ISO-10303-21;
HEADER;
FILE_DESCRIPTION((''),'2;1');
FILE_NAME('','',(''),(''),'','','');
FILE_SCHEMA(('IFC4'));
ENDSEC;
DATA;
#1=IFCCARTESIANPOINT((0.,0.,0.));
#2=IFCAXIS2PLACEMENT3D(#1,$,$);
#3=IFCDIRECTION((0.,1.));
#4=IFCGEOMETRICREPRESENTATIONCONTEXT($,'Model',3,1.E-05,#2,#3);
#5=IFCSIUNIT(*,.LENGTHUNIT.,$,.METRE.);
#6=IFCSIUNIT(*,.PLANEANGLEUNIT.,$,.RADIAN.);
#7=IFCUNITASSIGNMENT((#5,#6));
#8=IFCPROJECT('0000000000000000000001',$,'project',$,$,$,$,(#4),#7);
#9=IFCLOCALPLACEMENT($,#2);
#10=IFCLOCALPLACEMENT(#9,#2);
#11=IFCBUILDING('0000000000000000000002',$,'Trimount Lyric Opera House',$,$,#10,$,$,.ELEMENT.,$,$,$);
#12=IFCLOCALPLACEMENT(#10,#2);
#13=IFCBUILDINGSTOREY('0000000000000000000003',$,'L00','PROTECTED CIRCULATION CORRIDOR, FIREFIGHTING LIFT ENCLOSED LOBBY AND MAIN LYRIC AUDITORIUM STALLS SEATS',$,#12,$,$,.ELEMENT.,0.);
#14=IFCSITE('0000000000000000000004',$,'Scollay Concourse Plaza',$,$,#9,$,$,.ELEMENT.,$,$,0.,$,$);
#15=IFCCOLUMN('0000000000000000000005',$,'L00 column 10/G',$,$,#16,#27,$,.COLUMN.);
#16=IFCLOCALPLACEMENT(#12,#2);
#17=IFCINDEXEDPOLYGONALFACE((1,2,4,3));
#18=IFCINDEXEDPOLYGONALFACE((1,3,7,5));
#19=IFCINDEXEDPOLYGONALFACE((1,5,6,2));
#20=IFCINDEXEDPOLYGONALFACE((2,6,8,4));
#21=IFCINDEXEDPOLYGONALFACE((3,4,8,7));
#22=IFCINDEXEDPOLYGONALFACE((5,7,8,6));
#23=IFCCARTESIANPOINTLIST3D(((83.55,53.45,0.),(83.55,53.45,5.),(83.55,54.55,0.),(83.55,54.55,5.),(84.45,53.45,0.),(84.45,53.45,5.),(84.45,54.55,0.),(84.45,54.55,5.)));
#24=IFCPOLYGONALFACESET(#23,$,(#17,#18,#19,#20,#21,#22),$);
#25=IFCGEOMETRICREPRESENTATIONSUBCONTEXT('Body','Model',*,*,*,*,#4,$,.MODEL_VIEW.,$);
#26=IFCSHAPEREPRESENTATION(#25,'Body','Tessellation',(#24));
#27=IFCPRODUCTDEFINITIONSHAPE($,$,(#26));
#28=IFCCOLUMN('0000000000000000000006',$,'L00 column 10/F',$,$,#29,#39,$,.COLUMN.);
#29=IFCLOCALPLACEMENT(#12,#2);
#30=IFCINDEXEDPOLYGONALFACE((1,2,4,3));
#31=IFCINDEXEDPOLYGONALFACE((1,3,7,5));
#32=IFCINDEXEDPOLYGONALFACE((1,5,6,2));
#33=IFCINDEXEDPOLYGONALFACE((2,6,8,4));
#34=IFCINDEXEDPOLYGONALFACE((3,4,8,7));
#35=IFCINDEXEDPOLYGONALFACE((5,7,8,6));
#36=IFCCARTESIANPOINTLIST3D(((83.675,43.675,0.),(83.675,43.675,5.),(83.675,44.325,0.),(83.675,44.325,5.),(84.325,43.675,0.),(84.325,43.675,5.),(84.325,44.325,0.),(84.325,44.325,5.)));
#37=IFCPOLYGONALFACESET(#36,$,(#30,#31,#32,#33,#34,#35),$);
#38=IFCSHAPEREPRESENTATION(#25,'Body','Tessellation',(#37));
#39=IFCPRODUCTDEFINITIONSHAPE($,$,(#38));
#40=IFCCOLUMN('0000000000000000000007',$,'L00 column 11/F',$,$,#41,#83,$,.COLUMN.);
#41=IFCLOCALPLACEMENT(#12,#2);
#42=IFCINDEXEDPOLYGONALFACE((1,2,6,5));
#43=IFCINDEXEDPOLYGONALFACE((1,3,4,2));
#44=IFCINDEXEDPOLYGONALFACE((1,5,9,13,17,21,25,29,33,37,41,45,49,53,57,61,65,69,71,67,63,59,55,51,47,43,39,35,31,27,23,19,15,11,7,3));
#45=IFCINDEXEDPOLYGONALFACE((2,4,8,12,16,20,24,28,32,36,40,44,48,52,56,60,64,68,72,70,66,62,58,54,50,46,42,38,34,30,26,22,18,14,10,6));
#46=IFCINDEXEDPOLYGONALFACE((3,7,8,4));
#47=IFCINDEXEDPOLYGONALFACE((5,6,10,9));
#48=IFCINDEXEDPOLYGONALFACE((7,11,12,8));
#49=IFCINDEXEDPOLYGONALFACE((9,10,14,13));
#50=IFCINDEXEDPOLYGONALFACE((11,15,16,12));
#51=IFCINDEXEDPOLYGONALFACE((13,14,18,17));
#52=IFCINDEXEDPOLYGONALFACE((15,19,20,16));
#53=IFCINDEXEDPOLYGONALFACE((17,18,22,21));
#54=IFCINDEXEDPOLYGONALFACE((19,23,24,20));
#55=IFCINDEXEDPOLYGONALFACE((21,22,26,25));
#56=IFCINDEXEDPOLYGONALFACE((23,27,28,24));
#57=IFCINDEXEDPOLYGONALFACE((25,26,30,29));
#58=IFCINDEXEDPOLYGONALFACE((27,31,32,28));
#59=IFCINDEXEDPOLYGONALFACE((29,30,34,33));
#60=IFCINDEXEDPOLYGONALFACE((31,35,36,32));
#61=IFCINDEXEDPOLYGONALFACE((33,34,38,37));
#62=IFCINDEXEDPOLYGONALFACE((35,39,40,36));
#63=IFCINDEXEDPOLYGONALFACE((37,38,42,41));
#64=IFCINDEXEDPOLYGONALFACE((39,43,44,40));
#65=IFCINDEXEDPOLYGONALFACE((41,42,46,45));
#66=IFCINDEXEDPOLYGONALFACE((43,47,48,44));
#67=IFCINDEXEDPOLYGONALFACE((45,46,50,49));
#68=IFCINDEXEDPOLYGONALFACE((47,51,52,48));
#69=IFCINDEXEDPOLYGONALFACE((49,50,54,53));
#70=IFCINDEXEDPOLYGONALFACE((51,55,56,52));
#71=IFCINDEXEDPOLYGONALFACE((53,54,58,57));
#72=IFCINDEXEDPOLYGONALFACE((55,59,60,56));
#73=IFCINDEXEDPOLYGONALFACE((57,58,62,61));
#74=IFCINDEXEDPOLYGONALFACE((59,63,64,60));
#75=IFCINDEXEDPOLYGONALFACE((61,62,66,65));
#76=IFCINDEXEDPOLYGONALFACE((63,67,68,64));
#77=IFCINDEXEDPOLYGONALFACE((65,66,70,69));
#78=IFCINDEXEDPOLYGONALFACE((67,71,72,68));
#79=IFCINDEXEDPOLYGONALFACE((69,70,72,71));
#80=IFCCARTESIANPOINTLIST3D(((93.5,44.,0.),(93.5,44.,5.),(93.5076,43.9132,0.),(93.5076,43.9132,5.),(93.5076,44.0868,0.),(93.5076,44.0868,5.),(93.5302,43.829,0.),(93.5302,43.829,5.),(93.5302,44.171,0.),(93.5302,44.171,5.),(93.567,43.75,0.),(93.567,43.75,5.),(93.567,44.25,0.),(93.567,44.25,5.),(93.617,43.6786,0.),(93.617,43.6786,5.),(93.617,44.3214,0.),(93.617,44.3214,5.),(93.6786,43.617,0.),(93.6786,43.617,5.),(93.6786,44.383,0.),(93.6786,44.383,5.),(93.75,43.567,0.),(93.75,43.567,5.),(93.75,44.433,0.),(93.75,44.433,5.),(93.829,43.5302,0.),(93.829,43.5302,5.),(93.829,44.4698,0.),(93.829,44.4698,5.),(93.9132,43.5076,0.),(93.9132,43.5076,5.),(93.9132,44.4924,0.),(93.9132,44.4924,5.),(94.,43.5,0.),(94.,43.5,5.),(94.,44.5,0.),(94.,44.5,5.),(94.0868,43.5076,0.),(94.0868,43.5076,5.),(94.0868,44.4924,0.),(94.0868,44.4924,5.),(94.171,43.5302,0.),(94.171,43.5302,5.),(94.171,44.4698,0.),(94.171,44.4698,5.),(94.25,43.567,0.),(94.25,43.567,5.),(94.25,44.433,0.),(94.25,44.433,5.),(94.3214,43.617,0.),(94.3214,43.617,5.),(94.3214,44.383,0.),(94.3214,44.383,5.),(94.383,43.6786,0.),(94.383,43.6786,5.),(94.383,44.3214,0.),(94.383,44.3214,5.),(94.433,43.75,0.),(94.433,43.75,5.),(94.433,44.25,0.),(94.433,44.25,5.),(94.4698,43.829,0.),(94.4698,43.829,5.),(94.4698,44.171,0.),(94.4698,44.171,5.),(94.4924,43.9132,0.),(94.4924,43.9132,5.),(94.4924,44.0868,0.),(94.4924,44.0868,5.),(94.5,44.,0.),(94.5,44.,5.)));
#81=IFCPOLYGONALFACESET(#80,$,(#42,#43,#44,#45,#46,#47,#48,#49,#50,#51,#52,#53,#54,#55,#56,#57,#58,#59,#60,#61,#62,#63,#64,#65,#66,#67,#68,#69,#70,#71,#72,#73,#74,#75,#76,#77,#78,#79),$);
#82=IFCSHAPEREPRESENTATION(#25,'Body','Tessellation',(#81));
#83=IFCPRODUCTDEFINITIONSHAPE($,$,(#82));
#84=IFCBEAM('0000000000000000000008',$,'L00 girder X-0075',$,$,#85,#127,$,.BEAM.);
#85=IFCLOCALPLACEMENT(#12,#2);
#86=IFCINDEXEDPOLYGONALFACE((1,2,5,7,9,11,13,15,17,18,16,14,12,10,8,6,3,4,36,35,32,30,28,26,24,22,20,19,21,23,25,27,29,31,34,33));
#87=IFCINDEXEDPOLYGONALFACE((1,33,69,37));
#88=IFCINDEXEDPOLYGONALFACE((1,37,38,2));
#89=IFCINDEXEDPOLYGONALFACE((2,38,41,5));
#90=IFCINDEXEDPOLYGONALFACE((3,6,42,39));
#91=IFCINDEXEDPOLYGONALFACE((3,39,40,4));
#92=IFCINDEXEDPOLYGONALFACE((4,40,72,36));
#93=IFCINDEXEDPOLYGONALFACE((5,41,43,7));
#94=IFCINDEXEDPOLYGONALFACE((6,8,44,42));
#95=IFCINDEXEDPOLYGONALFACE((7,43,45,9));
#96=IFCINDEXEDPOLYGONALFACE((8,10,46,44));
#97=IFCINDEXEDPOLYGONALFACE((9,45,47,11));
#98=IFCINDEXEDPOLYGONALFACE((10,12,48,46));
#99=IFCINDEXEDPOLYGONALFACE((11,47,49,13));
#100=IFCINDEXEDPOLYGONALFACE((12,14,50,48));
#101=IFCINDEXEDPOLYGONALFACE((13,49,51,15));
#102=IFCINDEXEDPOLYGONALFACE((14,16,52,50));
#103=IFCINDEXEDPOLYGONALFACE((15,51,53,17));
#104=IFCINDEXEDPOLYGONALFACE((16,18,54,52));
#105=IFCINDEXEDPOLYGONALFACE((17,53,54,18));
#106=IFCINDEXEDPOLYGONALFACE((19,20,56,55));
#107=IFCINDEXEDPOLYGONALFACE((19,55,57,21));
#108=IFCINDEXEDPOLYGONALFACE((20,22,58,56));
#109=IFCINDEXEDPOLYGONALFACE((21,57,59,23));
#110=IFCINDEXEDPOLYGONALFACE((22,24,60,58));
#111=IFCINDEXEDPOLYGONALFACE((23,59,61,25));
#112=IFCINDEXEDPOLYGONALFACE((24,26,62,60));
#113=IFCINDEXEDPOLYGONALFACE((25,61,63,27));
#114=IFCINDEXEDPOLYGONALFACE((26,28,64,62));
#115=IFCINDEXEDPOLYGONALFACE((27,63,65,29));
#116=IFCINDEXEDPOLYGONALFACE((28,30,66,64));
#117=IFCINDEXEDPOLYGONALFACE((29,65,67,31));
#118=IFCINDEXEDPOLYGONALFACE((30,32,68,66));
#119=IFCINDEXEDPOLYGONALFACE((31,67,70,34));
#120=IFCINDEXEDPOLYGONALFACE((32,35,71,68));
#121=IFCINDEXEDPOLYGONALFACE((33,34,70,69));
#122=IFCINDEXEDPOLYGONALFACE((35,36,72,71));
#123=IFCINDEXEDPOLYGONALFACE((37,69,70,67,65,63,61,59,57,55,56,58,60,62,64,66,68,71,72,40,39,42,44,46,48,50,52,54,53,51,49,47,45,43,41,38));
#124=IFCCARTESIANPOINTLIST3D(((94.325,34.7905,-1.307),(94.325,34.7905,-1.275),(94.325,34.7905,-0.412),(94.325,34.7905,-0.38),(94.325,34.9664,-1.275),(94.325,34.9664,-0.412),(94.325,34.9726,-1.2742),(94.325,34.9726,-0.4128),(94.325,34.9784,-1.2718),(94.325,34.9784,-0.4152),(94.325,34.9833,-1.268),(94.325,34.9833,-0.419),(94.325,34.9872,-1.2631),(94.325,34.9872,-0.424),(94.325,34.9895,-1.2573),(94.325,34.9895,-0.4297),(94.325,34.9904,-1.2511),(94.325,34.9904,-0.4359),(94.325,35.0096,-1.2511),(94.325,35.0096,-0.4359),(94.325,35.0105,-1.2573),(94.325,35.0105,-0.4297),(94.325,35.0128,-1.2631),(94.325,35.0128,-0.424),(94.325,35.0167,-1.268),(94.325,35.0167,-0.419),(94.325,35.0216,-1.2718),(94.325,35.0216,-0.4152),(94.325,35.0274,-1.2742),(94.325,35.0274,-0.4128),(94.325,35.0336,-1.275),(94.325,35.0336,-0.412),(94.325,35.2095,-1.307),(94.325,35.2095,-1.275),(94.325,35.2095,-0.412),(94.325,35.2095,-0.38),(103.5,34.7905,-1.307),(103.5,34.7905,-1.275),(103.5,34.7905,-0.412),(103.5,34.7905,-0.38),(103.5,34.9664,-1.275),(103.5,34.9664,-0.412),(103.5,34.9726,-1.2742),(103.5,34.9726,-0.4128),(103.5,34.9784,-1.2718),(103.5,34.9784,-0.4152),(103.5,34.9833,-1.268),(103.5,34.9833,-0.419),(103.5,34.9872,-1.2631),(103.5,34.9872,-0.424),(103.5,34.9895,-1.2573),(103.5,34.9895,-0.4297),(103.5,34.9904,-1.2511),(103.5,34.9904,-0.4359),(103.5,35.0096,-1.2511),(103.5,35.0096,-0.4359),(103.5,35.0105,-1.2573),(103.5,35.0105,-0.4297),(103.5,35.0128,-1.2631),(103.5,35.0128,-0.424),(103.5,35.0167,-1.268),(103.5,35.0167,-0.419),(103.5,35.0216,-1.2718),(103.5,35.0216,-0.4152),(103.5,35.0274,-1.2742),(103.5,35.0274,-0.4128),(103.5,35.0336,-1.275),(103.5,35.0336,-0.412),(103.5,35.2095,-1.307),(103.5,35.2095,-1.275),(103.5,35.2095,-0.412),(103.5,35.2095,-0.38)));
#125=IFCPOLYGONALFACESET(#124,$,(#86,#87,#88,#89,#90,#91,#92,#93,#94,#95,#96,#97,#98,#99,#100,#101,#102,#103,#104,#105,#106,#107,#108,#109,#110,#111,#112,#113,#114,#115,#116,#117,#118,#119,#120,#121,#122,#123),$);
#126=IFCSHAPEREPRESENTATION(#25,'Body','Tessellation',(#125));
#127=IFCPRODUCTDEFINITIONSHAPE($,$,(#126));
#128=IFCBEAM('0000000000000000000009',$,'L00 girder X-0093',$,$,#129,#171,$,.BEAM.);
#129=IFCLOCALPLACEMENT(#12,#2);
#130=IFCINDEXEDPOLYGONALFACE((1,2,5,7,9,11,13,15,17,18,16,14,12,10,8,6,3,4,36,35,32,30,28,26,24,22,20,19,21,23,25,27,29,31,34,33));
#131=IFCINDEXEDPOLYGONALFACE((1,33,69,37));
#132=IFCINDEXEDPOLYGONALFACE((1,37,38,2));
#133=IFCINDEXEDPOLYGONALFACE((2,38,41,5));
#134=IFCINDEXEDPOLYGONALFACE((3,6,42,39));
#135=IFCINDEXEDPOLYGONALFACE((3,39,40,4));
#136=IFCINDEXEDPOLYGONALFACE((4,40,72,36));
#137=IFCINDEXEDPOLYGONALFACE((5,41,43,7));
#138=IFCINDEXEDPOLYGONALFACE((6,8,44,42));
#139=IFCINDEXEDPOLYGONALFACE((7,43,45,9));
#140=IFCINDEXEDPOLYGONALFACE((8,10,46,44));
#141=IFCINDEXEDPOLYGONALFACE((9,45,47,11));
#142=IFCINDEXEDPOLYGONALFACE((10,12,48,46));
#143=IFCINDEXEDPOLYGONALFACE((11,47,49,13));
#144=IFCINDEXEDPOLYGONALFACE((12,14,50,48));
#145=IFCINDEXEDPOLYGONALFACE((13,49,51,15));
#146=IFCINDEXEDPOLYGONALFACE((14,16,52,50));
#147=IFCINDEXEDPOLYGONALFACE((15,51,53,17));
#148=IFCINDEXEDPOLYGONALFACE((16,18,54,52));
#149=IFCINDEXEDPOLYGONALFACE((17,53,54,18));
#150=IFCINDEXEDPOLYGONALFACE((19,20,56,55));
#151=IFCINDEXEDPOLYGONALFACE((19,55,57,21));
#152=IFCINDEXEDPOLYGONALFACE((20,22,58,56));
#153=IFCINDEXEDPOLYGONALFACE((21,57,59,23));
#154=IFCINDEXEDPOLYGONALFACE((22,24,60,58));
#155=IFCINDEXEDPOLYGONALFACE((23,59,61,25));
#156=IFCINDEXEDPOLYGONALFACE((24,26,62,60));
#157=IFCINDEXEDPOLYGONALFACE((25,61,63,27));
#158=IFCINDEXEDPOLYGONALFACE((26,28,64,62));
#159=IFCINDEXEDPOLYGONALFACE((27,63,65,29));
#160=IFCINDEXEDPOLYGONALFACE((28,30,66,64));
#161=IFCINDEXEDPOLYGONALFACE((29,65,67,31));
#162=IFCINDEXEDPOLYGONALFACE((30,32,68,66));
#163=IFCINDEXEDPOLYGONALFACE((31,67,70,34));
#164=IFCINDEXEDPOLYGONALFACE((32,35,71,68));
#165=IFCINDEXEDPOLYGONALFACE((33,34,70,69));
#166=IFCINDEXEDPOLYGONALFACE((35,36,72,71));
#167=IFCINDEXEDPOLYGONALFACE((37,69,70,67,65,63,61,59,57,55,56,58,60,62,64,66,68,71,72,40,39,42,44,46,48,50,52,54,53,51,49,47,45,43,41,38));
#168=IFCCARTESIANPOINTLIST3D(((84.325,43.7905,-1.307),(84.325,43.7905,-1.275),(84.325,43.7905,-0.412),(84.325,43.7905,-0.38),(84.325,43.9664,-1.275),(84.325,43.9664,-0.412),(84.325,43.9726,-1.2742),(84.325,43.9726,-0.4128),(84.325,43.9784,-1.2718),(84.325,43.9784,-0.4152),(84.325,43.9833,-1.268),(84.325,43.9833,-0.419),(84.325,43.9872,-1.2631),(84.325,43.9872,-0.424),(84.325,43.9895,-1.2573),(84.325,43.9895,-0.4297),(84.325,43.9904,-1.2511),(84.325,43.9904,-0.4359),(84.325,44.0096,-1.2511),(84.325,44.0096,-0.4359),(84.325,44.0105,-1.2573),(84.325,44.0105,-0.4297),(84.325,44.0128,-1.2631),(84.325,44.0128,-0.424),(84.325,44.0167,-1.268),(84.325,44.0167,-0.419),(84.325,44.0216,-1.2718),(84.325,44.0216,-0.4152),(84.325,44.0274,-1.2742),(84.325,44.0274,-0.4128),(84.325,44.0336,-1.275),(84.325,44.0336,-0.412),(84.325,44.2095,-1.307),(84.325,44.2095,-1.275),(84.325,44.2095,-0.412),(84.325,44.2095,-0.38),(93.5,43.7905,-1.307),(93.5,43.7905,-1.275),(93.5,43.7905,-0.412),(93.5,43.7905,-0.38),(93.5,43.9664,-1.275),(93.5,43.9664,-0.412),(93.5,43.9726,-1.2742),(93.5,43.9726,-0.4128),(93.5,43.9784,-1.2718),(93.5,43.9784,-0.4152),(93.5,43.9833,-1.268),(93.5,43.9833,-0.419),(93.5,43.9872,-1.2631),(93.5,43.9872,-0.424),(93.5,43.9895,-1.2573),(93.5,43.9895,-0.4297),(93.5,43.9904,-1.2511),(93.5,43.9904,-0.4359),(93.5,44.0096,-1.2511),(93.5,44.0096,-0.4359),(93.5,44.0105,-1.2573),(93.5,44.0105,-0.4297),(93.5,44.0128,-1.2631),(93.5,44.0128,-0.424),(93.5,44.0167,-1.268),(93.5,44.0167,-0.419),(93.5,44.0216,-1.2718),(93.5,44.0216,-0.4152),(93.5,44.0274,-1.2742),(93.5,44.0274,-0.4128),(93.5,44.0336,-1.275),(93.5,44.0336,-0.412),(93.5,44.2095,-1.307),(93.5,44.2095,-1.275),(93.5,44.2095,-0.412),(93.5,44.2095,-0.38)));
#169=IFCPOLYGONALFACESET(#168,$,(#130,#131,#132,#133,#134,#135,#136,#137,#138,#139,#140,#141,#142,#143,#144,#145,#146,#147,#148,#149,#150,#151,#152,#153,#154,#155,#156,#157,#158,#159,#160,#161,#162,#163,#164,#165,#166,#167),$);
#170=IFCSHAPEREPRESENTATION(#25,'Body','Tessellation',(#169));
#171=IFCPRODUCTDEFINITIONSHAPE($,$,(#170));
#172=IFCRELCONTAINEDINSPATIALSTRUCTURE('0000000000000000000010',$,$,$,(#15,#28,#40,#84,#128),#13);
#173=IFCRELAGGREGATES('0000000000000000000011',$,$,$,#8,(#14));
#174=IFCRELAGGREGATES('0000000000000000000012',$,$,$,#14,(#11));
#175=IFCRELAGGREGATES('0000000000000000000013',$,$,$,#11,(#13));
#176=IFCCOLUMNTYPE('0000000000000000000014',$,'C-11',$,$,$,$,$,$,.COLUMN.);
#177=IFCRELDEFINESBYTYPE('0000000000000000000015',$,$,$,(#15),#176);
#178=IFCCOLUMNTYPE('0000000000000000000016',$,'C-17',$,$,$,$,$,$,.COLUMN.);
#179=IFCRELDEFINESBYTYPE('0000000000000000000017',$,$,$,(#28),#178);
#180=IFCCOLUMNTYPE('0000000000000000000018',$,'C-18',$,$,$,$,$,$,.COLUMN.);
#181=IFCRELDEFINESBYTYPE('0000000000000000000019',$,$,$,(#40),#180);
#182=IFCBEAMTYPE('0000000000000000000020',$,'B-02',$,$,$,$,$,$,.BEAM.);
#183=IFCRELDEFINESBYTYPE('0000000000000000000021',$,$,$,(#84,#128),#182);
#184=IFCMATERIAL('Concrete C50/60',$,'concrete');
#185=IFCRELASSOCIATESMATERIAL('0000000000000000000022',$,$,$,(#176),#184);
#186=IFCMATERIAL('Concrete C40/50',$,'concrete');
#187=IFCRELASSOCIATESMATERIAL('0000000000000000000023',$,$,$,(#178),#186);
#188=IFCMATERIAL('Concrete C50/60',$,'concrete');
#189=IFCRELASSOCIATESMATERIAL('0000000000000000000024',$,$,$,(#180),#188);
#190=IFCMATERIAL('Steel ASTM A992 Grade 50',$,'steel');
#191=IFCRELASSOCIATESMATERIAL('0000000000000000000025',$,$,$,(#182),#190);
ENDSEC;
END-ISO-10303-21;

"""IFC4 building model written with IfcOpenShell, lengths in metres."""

from ifc_helpers import new_model, si_unit, direction, frame, origin, origin_2d, place, context, subcontext, project, spatial, rectangle, circle, i_section, extrude, material, material_profile, profile_set, type_object, element, save


model = new_model("IFC4")

# Units and contexts
model_context = context("Model", 3, precision=1e-05, world=origin(), true_north=direction((0.0, 1.0)))
body_context = subcontext(model_context, "Body", "Model", "MODEL_VIEW")
ifc_project = project(units=[si_unit("LENGTHUNIT", "METRE"), si_unit("PLANEANGLEUNIT", "RADIAN")], contexts=[model_context])

# Site, building, storey
site_placement = place(None, origin())
site = spatial("IfcSite", under=ifc_project, at=site_placement, Name="Scollay Concourse Plaza", CompositionType="ELEMENT", RefElevation=0.0)
building_placement = place(site_placement, origin())
building = spatial("IfcBuilding", under=site, at=building_placement, Name="Trimount Lyric Opera House", CompositionType="ELEMENT")
storey_placement = place(building_placement, origin())
storey = spatial("IfcBuildingStorey", under=building, at=storey_placement, Name="L00", Description="PROTECTED CIRCULATION CORRIDOR, FIREFIGHTING LIFT ENCLOSED LOBBY AND MAIN LYRIC AUDITORIUM STALLS SEATS", CompositionType="ELEMENT", Elevation=0.0)

# Columns
ifc_material_1 = material(Name="Concrete C50/60", Category="concrete")
ifc_material_profile_1 = material_profile(ifc_material_1, rectangle(XDim=0.8999, YDim=1.1001, at=origin_2d()), Name="RC1100X900")
ifc_profile_set_1 = profile_set([ifc_material_profile_1], Name="Concrete C50/60")
column_type_1 = type_object("IfcColumnType", Name="C-11", PredefinedType="COLUMN", material=ifc_profile_set_1)
column_1_placement = place(storey_placement, frame((84.0, 54.0, 0.0), z_axis=(0.0, 0.0, 1.0), x_axis=(1.0, 0.0, 0.0)))
element("IfcColumn", 1, at=column_1_placement, inside=storey, type_object=column_type_1, Name="L00 column 10/G", PredefinedType="COLUMN", context=body_context, shape_type="SweptSolid", body=[
    extrude(rectangle(XDim=0.8999, YDim=1.1001, at=origin_2d()), origin(), (0.0, 0.0, 1.0), 5.0),
])
ifc_material_2 = material(Name="Concrete C40/50", Category="concrete")
ifc_material_profile_2 = material_profile(ifc_material_2, rectangle(XDim=0.6499, YDim=0.6499, at=origin_2d()), Name="RC650X650")
ifc_profile_set_2 = profile_set([ifc_material_profile_2], Name="Concrete C40/50")
column_type_2 = type_object("IfcColumnType", Name="C-17", PredefinedType="COLUMN", material=ifc_profile_set_2)
column_2_placement = place(storey_placement, frame((84.0, 44.0, 0.0), z_axis=(0.0, 0.0, 1.0), x_axis=(1.0, 0.0, 0.0)))
element("IfcColumn", 2, at=column_2_placement, inside=storey, type_object=column_type_2, Name="L00 column 10/F", PredefinedType="COLUMN", context=body_context, shape_type="SweptSolid", body=[
    extrude(rectangle(XDim=0.6499, YDim=0.6499, at=origin_2d()), origin(), (0.0, 0.0, 1.0), 5.0),
])
ifc_material_3 = material(Name="Concrete C50/60", Category="concrete")
ifc_material_profile_3 = material_profile(ifc_material_3, circle(Radius=0.5, at=origin_2d()), Name="RC-D1000")
ifc_profile_set_3 = profile_set([ifc_material_profile_3], Name="Concrete C50/60")
column_type_3 = type_object("IfcColumnType", Name="C-18", PredefinedType="COLUMN", material=ifc_profile_set_3)
column_3_placement = place(storey_placement, frame((94.0, 44.0, 0.0), z_axis=(0.0, 0.0, 1.0), x_axis=(1.0, 0.0, 0.0)))
element("IfcColumn", 3, at=column_3_placement, inside=storey, type_object=column_type_3, Name="L00 column 11/F", PredefinedType="COLUMN", context=body_context, shape_type="SweptSolid", body=[
    extrude(circle(Radius=0.5, at=origin_2d()), origin(), (0.0, 0.0, 1.0), 5.0),
])

# Beams
ifc_material_4 = material(Name="Steel ASTM A992 Grade 50", Category="steel")
ifc_material_profile_4 = material_profile(ifc_material_4, i_section(OverallWidth=0.4189, OverallDepth=0.927, WebThickness=0.0193, FlangeThickness=0.032, FilletRadius=0.0239, at=origin_2d()), Name="W36X231")
ifc_profile_set_4 = profile_set([ifc_material_profile_4], Name="Steel ASTM A992 Grade 50")
beam_type_1 = type_object("IfcBeamType", Name="B-02", PredefinedType="BEAM", material=ifc_profile_set_4)
for number, where, z_axis, x_axis, name in (
    (4, (94.325, 35.0, -0.8435), (1.0, 0.0, 0.0), (0.0, 1.0, 0.0), "L00 girder X-0075"),
    (5, (84.325, 44.0, -0.8435), (1.0, 0.0, 0.0), (0.0, 1.0, 0.0), "L00 girder X-0093"),
):
    element("IfcBeam", number, at=place(storey_placement, frame(where, z_axis=z_axis, x_axis=x_axis)), inside=storey, type_object=beam_type_1, Name=name, PredefinedType="BEAM", context=body_context, shape_type="SweptSolid", body=[
        extrude(i_section(OverallWidth=0.4189, OverallDepth=0.927, WebThickness=0.0193, FlangeThickness=0.032, FilletRadius=0.0239, at=origin_2d()), origin(), (0.0, 0.0, 1.0), 9.175),
    ])

save(model, "model.ifc")
